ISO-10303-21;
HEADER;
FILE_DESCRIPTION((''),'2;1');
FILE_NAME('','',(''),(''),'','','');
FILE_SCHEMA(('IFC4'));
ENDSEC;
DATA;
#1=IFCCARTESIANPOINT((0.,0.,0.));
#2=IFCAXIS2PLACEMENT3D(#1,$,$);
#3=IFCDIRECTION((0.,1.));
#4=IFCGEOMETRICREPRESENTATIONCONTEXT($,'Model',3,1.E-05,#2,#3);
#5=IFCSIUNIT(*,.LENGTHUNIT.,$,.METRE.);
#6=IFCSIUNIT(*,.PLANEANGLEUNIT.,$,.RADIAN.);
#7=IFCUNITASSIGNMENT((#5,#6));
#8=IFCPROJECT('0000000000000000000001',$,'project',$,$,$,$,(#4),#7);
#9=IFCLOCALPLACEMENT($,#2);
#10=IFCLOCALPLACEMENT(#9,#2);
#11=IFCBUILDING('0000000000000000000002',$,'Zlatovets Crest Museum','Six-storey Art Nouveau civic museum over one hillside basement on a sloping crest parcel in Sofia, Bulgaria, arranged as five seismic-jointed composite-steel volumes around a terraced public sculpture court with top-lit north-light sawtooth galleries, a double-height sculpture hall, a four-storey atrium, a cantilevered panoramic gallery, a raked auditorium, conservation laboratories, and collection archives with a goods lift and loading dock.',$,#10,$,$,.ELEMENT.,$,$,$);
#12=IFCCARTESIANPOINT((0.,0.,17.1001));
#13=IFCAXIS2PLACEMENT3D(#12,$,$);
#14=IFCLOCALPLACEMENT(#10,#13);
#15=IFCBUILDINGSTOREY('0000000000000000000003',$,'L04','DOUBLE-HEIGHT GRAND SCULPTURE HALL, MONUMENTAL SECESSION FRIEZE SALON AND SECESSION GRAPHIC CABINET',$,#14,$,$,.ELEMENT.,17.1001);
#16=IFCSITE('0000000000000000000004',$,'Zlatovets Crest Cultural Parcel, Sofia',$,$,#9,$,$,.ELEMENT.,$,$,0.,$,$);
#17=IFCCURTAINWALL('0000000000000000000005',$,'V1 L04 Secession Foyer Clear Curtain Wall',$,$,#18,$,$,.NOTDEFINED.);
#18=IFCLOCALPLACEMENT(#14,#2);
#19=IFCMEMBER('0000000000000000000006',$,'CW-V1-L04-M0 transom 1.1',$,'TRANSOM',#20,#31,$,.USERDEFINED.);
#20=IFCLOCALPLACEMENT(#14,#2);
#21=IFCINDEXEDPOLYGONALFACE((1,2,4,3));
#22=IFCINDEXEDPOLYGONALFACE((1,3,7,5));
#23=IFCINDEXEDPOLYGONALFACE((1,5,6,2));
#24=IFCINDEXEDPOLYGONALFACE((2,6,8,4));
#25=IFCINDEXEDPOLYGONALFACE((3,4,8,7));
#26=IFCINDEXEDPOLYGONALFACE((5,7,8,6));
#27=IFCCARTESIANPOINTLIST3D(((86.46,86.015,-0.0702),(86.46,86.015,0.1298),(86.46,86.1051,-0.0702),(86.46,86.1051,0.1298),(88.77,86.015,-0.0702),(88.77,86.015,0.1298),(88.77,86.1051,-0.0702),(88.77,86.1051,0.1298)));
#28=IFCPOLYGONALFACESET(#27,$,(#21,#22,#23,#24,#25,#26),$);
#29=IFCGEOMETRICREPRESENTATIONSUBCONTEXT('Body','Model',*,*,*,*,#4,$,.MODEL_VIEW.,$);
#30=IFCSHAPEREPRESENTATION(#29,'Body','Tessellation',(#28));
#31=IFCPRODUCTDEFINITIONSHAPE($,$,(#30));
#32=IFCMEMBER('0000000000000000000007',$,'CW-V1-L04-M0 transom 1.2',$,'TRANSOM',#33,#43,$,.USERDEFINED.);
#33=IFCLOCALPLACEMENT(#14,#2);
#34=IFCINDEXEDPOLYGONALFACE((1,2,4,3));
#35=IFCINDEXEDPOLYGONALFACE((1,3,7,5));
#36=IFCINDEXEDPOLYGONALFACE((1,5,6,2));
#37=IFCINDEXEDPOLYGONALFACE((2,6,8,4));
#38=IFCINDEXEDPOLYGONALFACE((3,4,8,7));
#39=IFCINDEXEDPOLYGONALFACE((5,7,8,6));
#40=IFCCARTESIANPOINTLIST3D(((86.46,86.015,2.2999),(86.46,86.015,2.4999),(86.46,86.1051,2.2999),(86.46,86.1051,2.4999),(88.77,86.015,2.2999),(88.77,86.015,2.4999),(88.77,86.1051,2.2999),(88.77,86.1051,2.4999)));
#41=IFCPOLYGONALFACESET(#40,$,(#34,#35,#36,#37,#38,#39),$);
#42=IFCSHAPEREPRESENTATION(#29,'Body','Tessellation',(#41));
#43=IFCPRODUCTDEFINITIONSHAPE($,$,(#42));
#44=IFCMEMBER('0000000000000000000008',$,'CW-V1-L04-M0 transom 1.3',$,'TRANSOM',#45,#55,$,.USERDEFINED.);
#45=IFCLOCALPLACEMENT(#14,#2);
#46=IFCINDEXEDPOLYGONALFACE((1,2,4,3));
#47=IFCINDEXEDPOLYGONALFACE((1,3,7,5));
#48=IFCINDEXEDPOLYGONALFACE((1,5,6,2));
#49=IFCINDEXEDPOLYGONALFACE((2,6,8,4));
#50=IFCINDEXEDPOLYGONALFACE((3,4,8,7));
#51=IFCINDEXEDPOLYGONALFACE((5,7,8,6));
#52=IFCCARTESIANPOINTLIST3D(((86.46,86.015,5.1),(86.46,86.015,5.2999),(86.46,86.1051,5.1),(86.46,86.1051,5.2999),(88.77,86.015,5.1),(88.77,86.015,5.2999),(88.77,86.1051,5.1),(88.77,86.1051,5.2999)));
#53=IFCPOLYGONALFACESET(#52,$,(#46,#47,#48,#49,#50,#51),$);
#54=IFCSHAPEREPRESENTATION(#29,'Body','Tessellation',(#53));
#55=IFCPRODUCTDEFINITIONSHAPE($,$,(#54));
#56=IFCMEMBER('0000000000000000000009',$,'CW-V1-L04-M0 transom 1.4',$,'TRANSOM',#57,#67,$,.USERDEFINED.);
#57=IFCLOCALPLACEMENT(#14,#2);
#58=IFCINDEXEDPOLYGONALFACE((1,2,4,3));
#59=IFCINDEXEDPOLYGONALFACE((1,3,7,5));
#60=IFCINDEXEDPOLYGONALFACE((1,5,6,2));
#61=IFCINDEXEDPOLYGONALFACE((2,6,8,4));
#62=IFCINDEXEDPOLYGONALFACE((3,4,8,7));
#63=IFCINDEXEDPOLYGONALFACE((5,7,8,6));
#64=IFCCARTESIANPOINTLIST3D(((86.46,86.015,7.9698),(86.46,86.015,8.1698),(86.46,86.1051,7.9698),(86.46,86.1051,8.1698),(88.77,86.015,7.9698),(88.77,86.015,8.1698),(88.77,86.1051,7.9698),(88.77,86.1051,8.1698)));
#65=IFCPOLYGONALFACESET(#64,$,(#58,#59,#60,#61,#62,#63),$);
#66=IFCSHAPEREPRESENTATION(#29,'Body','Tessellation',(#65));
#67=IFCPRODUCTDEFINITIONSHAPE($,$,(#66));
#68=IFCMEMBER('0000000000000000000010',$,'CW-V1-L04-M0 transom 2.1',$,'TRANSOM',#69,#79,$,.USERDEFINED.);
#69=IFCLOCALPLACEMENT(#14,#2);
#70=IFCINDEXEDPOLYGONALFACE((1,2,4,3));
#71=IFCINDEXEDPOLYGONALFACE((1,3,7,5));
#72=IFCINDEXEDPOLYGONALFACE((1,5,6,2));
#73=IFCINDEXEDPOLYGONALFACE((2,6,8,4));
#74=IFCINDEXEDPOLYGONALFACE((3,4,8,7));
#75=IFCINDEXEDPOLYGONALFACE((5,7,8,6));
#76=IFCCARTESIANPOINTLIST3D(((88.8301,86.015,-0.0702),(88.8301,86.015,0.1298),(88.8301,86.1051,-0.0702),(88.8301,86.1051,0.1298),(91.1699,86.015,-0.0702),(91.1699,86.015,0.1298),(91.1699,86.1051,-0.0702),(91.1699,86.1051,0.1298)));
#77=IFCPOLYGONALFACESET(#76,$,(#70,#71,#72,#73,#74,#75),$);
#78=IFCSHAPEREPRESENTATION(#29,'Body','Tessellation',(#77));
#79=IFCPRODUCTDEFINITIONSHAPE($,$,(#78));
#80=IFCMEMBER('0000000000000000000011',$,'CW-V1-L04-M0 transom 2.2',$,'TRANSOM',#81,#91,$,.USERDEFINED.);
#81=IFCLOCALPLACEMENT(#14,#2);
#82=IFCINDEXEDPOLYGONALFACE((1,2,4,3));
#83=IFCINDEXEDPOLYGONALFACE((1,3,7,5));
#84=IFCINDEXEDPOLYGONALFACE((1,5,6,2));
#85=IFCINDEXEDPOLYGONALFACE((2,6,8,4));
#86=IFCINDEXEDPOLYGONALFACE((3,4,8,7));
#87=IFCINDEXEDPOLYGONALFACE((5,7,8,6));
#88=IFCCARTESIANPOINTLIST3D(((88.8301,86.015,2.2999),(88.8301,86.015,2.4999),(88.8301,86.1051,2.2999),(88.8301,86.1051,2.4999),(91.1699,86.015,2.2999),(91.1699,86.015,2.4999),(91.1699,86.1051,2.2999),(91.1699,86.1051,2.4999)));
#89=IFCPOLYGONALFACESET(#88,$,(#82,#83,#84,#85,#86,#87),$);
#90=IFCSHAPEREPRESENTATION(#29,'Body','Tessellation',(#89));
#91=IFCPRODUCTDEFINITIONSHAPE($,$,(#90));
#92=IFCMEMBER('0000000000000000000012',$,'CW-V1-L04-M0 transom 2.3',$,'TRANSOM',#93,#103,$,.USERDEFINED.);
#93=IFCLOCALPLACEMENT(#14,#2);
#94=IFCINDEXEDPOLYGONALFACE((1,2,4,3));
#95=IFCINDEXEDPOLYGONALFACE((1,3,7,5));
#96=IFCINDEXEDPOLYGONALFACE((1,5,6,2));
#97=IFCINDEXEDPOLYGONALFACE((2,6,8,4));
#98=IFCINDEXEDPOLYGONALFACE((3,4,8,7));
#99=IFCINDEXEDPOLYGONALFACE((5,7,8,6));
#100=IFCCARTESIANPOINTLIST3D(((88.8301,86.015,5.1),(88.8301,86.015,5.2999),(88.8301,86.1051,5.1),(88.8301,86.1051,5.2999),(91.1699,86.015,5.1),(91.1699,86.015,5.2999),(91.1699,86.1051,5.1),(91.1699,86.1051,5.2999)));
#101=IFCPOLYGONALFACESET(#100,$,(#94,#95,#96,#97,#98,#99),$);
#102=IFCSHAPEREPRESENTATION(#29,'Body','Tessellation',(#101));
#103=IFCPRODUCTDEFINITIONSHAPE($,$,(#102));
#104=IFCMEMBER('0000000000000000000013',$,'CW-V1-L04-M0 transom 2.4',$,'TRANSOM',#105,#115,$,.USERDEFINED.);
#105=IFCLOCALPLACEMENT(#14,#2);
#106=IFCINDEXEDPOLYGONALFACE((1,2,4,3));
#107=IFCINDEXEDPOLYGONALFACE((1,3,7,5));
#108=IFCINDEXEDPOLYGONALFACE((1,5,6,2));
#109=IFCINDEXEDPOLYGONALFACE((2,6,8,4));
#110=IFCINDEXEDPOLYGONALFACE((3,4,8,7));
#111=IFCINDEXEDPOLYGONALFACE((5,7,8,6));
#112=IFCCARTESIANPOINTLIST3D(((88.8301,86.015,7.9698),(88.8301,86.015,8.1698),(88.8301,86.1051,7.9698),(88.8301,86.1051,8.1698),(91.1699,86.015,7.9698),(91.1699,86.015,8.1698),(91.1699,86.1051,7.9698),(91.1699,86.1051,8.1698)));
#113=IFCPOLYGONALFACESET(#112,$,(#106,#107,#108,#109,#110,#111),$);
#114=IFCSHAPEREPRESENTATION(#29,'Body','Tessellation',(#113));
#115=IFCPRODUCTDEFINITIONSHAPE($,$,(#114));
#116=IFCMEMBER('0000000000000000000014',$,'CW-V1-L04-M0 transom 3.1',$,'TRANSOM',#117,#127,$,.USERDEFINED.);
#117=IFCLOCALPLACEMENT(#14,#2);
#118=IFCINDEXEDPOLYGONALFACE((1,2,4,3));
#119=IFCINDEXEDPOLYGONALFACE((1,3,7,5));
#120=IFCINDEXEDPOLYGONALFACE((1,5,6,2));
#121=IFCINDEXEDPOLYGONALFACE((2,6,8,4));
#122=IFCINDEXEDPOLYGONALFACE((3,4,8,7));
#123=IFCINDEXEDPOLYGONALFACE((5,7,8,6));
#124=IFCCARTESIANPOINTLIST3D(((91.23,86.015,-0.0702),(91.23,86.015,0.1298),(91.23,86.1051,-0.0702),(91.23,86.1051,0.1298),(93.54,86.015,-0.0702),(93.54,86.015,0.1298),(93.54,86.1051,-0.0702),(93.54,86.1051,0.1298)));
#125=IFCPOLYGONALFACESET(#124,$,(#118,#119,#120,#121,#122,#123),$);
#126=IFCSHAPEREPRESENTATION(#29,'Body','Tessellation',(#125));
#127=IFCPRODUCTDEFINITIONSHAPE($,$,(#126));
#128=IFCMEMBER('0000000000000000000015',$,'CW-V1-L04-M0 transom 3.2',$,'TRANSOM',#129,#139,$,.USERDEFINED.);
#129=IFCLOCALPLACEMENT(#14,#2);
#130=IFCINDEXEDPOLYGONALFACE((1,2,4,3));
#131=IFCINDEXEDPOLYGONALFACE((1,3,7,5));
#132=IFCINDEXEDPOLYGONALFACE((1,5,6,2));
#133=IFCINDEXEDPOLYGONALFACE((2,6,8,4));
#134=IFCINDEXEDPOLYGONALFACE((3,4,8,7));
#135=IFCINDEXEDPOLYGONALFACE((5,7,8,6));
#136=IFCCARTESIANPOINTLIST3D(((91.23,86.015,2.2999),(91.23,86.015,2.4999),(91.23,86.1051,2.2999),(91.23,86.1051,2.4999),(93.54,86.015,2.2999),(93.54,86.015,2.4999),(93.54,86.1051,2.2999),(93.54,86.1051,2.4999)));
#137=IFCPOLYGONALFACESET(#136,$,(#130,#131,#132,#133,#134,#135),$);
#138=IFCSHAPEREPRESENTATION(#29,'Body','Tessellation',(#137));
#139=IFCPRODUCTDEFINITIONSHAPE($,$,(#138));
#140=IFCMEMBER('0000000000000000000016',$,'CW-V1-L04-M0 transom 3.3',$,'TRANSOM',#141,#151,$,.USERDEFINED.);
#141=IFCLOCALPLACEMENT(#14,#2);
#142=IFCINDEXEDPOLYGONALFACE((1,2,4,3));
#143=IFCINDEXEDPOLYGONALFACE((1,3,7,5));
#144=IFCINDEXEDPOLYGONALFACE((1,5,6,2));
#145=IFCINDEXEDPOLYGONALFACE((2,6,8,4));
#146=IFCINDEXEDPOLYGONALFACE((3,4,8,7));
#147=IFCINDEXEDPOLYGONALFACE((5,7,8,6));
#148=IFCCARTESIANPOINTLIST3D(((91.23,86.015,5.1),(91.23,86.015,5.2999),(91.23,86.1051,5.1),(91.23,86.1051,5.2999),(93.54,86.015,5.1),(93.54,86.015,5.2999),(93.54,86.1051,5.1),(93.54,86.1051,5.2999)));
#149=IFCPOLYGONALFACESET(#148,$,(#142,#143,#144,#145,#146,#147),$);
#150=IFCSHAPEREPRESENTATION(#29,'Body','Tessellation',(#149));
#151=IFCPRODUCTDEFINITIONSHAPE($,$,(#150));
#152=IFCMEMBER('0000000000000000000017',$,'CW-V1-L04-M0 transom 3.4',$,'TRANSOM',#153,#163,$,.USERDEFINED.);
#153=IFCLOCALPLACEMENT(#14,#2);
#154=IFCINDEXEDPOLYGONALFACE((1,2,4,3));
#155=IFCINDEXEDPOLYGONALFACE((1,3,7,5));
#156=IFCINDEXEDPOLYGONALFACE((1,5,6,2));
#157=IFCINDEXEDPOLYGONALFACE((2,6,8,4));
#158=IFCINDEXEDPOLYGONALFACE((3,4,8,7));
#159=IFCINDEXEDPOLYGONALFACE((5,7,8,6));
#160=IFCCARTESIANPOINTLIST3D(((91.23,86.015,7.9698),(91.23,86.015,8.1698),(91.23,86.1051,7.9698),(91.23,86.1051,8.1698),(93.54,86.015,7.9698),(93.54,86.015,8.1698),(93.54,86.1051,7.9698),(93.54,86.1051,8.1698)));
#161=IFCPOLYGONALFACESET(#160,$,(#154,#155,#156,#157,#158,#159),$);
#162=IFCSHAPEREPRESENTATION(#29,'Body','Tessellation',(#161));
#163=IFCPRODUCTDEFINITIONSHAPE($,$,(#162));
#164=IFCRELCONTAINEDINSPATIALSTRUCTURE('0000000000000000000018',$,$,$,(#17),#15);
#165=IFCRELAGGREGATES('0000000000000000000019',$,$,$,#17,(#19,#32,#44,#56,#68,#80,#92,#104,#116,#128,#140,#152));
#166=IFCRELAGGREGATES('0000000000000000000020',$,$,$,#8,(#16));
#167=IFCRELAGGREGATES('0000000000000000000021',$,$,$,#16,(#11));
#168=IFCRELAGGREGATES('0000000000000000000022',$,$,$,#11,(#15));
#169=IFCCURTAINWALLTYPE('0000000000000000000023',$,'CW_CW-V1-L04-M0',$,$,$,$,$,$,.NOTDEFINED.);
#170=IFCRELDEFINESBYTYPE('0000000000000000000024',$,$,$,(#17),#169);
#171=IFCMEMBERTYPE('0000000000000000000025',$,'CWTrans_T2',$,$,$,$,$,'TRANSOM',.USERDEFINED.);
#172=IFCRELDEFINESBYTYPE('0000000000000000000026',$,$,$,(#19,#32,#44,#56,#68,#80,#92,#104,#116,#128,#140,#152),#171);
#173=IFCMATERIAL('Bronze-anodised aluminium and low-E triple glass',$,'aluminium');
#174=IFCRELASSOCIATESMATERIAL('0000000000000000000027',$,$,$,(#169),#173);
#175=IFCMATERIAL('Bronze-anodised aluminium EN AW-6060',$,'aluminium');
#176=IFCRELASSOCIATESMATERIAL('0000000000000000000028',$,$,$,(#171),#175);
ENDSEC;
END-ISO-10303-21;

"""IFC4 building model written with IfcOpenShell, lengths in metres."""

from ifc_helpers import new_model, si_unit, direction, frame, origin, origin_2d, place, context, subcontext, project, spatial, rectangle, extrude, material, material_profile, profile_set, type_object, element, aggregate, save


model = new_model("IFC4")

# Units and contexts
model_context = context("Model", 3, precision=1e-05, world=origin(), true_north=direction((0.0, 1.0)))
body_context = subcontext(model_context, "Body", "Model", "MODEL_VIEW")
ifc_project = project(units=[si_unit("LENGTHUNIT", "METRE"), si_unit("PLANEANGLEUNIT", "RADIAN")], contexts=[model_context])

# Site, building, storey
site_placement = place(None, origin())
site = spatial("IfcSite", under=ifc_project, at=site_placement, Name="Zlatovets Crest Cultural Parcel, Sofia", CompositionType="ELEMENT", RefElevation=0.0)
building_placement = place(site_placement, origin())
building = spatial("IfcBuilding", under=site, at=building_placement, Name="Zlatovets Crest Museum", Description="Six-storey Art Nouveau civic museum over one hillside basement on a sloping crest parcel in Sofia, Bulgaria, arranged as five seismic-jointed composite-steel volumes around a terraced public sculpture court with top-lit north-light sawtooth galleries, a double-height sculpture hall, a four-storey atrium, a cantilevered panoramic gallery, a raked auditorium, conservation laboratories, and collection archives with a goods lift and loading dock.", CompositionType="ELEMENT")
storey_placement = place(building_placement, frame((0.0, 0.0, 17.1001)))
storey = spatial("IfcBuildingStorey", under=building, at=storey_placement, Name="L04", Description="DOUBLE-HEIGHT GRAND SCULPTURE HALL, MONUMENTAL SECESSION FRIEZE SALON AND SECESSION GRAPHIC CABINET", CompositionType="ELEMENT", Elevation=17.1001)

# Curtain wall, members
ifc_material_1 = material(Name="Bronze-anodised aluminium and low-E triple glass", Category="aluminium")
curtain_wall_type = type_object("IfcCurtainWallType", Name="CW_CW-V1-L04-M0", PredefinedType="NOTDEFINED", material=ifc_material_1)
curtain_wall_placement = place(storey_placement, origin())
curtain_wall = element("IfcCurtainWall", 1, at=curtain_wall_placement, inside=storey, type_object=curtain_wall_type, Name="V1 L04 Secession Foyer Clear Curtain Wall", PredefinedType="NOTDEFINED")
ifc_material_2 = material(Name="Bronze-anodised aluminium EN AW-6060", Category="aluminium")
ifc_material_profile_1 = material_profile(ifc_material_2, rectangle(XDim=0.0901, YDim=0.2, at=origin_2d()), Name="ALU 90x200")
ifc_profile_set_1 = profile_set([ifc_material_profile_1], Name="Bronze-anodised aluminium EN AW-6060")
member_type_1 = type_object("IfcMemberType", Name="CWTrans_T2", ElementType="TRANSOM", PredefinedType="USERDEFINED", material=ifc_profile_set_1)
member_1_placement = place(storey_placement, frame((86.46, 86.0601, 0.0298), z_axis=(1.0, 0.0, 0.0), x_axis=(0.0, 1.0, 0.0)))
member_1 = element("IfcMember", 2, at=member_1_placement, type_object=member_type_1, Name="CW-V1-L04-M0 transom 1.1", ObjectType="TRANSOM", PredefinedType="USERDEFINED", context=body_context, shape_type="SweptSolid", body=[
    extrude(rectangle(XDim=0.0901, YDim=0.2, at=origin_2d()), origin(), (0.0, 0.0, 1.0), 2.3101),
])
member_2_placement = place(storey_placement, frame((86.46, 86.0601, 2.3999), z_axis=(1.0, 0.0, 0.0), x_axis=(0.0, 1.0, 0.0)))
member_2 = element("IfcMember", 3, at=member_2_placement, type_object=member_type_1, Name="CW-V1-L04-M0 transom 1.2", ObjectType="TRANSOM", PredefinedType="USERDEFINED", context=body_context, shape_type="SweptSolid", body=[
    extrude(rectangle(XDim=0.0901, YDim=0.2, at=origin_2d()), origin(), (0.0, 0.0, 1.0), 2.3101),
])
member_3_placement = place(storey_placement, frame((86.46, 86.0601, 5.2), z_axis=(1.0, 0.0, 0.0), x_axis=(0.0, 1.0, 0.0)))
member_3 = element("IfcMember", 4, at=member_3_placement, type_object=member_type_1, Name="CW-V1-L04-M0 transom 1.3", ObjectType="TRANSOM", PredefinedType="USERDEFINED", context=body_context, shape_type="SweptSolid", body=[
    extrude(rectangle(XDim=0.0901, YDim=0.2, at=origin_2d()), origin(), (0.0, 0.0, 1.0), 2.3101),
])
member_4_placement = place(storey_placement, frame((86.46, 86.0601, 8.0698), z_axis=(1.0, 0.0, 0.0), x_axis=(0.0, 1.0, 0.0)))
member_4 = element("IfcMember", 5, at=member_4_placement, type_object=member_type_1, Name="CW-V1-L04-M0 transom 1.4", ObjectType="TRANSOM", PredefinedType="USERDEFINED", context=body_context, shape_type="SweptSolid", body=[
    extrude(rectangle(XDim=0.0901, YDim=0.2, at=origin_2d()), origin(), (0.0, 0.0, 1.0), 2.3101),
])
member_5_placement = place(storey_placement, frame((88.8301, 86.0601, 0.0298), z_axis=(1.0, 0.0, 0.0), x_axis=(0.0, 1.0, 0.0)))
member_5 = element("IfcMember", 6, at=member_5_placement, type_object=member_type_1, Name="CW-V1-L04-M0 transom 2.1", ObjectType="TRANSOM", PredefinedType="USERDEFINED", context=body_context, shape_type="SweptSolid", body=[
    extrude(rectangle(XDim=0.0901, YDim=0.2, at=origin_2d()), origin(), (0.0, 0.0, 1.0), 2.3398),
])
member_6_placement = place(storey_placement, frame((88.8301, 86.0601, 2.3999), z_axis=(1.0, 0.0, 0.0), x_axis=(0.0, 1.0, 0.0)))
member_6 = element("IfcMember", 7, at=member_6_placement, type_object=member_type_1, Name="CW-V1-L04-M0 transom 2.2", ObjectType="TRANSOM", PredefinedType="USERDEFINED", context=body_context, shape_type="SweptSolid", body=[
    extrude(rectangle(XDim=0.0901, YDim=0.2, at=origin_2d()), origin(), (0.0, 0.0, 1.0), 2.3398),
])
member_7_placement = place(storey_placement, frame((88.8301, 86.0601, 5.2), z_axis=(1.0, 0.0, 0.0), x_axis=(0.0, 1.0, 0.0)))
member_7 = element("IfcMember", 8, at=member_7_placement, type_object=member_type_1, Name="CW-V1-L04-M0 transom 2.3", ObjectType="TRANSOM", PredefinedType="USERDEFINED", context=body_context, shape_type="SweptSolid", body=[
    extrude(rectangle(XDim=0.0901, YDim=0.2, at=origin_2d()), origin(), (0.0, 0.0, 1.0), 2.3398),
])
member_8_placement = place(storey_placement, frame((88.8301, 86.0601, 8.0698), z_axis=(1.0, 0.0, 0.0), x_axis=(0.0, 1.0, 0.0)))
member_8 = element("IfcMember", 9, at=member_8_placement, type_object=member_type_1, Name="CW-V1-L04-M0 transom 2.4", ObjectType="TRANSOM", PredefinedType="USERDEFINED", context=body_context, shape_type="SweptSolid", body=[
    extrude(rectangle(XDim=0.0901, YDim=0.2, at=origin_2d()), origin(), (0.0, 0.0, 1.0), 2.3398),
])
member_9_placement = place(storey_placement, frame((91.23, 86.0601, 0.0298), z_axis=(1.0, 0.0, 0.0), x_axis=(0.0, 1.0, 0.0)))
member_9 = element("IfcMember", 10, at=member_9_placement, type_object=member_type_1, Name="CW-V1-L04-M0 transom 3.1", ObjectType="TRANSOM", PredefinedType="USERDEFINED", context=body_context, shape_type="SweptSolid", body=[
    extrude(rectangle(XDim=0.0901, YDim=0.2, at=origin_2d()), origin(), (0.0, 0.0, 1.0), 2.3101),
])
member_10_placement = place(storey_placement, frame((91.23, 86.0601, 2.3999), z_axis=(1.0, 0.0, 0.0), x_axis=(0.0, 1.0, 0.0)))
member_10 = element("IfcMember", 11, at=member_10_placement, type_object=member_type_1, Name="CW-V1-L04-M0 transom 3.2", ObjectType="TRANSOM", PredefinedType="USERDEFINED", context=body_context, shape_type="SweptSolid", body=[
    extrude(rectangle(XDim=0.0901, YDim=0.2, at=origin_2d()), origin(), (0.0, 0.0, 1.0), 2.3101),
])
member_11_placement = place(storey_placement, frame((91.23, 86.0601, 5.2), z_axis=(1.0, 0.0, 0.0), x_axis=(0.0, 1.0, 0.0)))
member_11 = element("IfcMember", 12, at=member_11_placement, type_object=member_type_1, Name="CW-V1-L04-M0 transom 3.3", ObjectType="TRANSOM", PredefinedType="USERDEFINED", context=body_context, shape_type="SweptSolid", body=[
    extrude(rectangle(XDim=0.0901, YDim=0.2, at=origin_2d()), origin(), (0.0, 0.0, 1.0), 2.3101),
])
member_12_placement = place(storey_placement, frame((91.23, 86.0601, 8.0698), z_axis=(1.0, 0.0, 0.0), x_axis=(0.0, 1.0, 0.0)))
member_12 = element("IfcMember", 13, at=member_12_placement, type_object=member_type_1, Name="CW-V1-L04-M0 transom 3.4", ObjectType="TRANSOM", PredefinedType="USERDEFINED", context=body_context, shape_type="SweptSolid", body=[
    extrude(rectangle(XDim=0.0901, YDim=0.2, at=origin_2d()), origin(), (0.0, 0.0, 1.0), 2.3101),
])

aggregate(curtain_wall, [member_1, member_2, member_3, member_4, member_5, member_6, member_7, member_8, member_9, member_10, member_11, member_12])

save(model, "model.ifc")
